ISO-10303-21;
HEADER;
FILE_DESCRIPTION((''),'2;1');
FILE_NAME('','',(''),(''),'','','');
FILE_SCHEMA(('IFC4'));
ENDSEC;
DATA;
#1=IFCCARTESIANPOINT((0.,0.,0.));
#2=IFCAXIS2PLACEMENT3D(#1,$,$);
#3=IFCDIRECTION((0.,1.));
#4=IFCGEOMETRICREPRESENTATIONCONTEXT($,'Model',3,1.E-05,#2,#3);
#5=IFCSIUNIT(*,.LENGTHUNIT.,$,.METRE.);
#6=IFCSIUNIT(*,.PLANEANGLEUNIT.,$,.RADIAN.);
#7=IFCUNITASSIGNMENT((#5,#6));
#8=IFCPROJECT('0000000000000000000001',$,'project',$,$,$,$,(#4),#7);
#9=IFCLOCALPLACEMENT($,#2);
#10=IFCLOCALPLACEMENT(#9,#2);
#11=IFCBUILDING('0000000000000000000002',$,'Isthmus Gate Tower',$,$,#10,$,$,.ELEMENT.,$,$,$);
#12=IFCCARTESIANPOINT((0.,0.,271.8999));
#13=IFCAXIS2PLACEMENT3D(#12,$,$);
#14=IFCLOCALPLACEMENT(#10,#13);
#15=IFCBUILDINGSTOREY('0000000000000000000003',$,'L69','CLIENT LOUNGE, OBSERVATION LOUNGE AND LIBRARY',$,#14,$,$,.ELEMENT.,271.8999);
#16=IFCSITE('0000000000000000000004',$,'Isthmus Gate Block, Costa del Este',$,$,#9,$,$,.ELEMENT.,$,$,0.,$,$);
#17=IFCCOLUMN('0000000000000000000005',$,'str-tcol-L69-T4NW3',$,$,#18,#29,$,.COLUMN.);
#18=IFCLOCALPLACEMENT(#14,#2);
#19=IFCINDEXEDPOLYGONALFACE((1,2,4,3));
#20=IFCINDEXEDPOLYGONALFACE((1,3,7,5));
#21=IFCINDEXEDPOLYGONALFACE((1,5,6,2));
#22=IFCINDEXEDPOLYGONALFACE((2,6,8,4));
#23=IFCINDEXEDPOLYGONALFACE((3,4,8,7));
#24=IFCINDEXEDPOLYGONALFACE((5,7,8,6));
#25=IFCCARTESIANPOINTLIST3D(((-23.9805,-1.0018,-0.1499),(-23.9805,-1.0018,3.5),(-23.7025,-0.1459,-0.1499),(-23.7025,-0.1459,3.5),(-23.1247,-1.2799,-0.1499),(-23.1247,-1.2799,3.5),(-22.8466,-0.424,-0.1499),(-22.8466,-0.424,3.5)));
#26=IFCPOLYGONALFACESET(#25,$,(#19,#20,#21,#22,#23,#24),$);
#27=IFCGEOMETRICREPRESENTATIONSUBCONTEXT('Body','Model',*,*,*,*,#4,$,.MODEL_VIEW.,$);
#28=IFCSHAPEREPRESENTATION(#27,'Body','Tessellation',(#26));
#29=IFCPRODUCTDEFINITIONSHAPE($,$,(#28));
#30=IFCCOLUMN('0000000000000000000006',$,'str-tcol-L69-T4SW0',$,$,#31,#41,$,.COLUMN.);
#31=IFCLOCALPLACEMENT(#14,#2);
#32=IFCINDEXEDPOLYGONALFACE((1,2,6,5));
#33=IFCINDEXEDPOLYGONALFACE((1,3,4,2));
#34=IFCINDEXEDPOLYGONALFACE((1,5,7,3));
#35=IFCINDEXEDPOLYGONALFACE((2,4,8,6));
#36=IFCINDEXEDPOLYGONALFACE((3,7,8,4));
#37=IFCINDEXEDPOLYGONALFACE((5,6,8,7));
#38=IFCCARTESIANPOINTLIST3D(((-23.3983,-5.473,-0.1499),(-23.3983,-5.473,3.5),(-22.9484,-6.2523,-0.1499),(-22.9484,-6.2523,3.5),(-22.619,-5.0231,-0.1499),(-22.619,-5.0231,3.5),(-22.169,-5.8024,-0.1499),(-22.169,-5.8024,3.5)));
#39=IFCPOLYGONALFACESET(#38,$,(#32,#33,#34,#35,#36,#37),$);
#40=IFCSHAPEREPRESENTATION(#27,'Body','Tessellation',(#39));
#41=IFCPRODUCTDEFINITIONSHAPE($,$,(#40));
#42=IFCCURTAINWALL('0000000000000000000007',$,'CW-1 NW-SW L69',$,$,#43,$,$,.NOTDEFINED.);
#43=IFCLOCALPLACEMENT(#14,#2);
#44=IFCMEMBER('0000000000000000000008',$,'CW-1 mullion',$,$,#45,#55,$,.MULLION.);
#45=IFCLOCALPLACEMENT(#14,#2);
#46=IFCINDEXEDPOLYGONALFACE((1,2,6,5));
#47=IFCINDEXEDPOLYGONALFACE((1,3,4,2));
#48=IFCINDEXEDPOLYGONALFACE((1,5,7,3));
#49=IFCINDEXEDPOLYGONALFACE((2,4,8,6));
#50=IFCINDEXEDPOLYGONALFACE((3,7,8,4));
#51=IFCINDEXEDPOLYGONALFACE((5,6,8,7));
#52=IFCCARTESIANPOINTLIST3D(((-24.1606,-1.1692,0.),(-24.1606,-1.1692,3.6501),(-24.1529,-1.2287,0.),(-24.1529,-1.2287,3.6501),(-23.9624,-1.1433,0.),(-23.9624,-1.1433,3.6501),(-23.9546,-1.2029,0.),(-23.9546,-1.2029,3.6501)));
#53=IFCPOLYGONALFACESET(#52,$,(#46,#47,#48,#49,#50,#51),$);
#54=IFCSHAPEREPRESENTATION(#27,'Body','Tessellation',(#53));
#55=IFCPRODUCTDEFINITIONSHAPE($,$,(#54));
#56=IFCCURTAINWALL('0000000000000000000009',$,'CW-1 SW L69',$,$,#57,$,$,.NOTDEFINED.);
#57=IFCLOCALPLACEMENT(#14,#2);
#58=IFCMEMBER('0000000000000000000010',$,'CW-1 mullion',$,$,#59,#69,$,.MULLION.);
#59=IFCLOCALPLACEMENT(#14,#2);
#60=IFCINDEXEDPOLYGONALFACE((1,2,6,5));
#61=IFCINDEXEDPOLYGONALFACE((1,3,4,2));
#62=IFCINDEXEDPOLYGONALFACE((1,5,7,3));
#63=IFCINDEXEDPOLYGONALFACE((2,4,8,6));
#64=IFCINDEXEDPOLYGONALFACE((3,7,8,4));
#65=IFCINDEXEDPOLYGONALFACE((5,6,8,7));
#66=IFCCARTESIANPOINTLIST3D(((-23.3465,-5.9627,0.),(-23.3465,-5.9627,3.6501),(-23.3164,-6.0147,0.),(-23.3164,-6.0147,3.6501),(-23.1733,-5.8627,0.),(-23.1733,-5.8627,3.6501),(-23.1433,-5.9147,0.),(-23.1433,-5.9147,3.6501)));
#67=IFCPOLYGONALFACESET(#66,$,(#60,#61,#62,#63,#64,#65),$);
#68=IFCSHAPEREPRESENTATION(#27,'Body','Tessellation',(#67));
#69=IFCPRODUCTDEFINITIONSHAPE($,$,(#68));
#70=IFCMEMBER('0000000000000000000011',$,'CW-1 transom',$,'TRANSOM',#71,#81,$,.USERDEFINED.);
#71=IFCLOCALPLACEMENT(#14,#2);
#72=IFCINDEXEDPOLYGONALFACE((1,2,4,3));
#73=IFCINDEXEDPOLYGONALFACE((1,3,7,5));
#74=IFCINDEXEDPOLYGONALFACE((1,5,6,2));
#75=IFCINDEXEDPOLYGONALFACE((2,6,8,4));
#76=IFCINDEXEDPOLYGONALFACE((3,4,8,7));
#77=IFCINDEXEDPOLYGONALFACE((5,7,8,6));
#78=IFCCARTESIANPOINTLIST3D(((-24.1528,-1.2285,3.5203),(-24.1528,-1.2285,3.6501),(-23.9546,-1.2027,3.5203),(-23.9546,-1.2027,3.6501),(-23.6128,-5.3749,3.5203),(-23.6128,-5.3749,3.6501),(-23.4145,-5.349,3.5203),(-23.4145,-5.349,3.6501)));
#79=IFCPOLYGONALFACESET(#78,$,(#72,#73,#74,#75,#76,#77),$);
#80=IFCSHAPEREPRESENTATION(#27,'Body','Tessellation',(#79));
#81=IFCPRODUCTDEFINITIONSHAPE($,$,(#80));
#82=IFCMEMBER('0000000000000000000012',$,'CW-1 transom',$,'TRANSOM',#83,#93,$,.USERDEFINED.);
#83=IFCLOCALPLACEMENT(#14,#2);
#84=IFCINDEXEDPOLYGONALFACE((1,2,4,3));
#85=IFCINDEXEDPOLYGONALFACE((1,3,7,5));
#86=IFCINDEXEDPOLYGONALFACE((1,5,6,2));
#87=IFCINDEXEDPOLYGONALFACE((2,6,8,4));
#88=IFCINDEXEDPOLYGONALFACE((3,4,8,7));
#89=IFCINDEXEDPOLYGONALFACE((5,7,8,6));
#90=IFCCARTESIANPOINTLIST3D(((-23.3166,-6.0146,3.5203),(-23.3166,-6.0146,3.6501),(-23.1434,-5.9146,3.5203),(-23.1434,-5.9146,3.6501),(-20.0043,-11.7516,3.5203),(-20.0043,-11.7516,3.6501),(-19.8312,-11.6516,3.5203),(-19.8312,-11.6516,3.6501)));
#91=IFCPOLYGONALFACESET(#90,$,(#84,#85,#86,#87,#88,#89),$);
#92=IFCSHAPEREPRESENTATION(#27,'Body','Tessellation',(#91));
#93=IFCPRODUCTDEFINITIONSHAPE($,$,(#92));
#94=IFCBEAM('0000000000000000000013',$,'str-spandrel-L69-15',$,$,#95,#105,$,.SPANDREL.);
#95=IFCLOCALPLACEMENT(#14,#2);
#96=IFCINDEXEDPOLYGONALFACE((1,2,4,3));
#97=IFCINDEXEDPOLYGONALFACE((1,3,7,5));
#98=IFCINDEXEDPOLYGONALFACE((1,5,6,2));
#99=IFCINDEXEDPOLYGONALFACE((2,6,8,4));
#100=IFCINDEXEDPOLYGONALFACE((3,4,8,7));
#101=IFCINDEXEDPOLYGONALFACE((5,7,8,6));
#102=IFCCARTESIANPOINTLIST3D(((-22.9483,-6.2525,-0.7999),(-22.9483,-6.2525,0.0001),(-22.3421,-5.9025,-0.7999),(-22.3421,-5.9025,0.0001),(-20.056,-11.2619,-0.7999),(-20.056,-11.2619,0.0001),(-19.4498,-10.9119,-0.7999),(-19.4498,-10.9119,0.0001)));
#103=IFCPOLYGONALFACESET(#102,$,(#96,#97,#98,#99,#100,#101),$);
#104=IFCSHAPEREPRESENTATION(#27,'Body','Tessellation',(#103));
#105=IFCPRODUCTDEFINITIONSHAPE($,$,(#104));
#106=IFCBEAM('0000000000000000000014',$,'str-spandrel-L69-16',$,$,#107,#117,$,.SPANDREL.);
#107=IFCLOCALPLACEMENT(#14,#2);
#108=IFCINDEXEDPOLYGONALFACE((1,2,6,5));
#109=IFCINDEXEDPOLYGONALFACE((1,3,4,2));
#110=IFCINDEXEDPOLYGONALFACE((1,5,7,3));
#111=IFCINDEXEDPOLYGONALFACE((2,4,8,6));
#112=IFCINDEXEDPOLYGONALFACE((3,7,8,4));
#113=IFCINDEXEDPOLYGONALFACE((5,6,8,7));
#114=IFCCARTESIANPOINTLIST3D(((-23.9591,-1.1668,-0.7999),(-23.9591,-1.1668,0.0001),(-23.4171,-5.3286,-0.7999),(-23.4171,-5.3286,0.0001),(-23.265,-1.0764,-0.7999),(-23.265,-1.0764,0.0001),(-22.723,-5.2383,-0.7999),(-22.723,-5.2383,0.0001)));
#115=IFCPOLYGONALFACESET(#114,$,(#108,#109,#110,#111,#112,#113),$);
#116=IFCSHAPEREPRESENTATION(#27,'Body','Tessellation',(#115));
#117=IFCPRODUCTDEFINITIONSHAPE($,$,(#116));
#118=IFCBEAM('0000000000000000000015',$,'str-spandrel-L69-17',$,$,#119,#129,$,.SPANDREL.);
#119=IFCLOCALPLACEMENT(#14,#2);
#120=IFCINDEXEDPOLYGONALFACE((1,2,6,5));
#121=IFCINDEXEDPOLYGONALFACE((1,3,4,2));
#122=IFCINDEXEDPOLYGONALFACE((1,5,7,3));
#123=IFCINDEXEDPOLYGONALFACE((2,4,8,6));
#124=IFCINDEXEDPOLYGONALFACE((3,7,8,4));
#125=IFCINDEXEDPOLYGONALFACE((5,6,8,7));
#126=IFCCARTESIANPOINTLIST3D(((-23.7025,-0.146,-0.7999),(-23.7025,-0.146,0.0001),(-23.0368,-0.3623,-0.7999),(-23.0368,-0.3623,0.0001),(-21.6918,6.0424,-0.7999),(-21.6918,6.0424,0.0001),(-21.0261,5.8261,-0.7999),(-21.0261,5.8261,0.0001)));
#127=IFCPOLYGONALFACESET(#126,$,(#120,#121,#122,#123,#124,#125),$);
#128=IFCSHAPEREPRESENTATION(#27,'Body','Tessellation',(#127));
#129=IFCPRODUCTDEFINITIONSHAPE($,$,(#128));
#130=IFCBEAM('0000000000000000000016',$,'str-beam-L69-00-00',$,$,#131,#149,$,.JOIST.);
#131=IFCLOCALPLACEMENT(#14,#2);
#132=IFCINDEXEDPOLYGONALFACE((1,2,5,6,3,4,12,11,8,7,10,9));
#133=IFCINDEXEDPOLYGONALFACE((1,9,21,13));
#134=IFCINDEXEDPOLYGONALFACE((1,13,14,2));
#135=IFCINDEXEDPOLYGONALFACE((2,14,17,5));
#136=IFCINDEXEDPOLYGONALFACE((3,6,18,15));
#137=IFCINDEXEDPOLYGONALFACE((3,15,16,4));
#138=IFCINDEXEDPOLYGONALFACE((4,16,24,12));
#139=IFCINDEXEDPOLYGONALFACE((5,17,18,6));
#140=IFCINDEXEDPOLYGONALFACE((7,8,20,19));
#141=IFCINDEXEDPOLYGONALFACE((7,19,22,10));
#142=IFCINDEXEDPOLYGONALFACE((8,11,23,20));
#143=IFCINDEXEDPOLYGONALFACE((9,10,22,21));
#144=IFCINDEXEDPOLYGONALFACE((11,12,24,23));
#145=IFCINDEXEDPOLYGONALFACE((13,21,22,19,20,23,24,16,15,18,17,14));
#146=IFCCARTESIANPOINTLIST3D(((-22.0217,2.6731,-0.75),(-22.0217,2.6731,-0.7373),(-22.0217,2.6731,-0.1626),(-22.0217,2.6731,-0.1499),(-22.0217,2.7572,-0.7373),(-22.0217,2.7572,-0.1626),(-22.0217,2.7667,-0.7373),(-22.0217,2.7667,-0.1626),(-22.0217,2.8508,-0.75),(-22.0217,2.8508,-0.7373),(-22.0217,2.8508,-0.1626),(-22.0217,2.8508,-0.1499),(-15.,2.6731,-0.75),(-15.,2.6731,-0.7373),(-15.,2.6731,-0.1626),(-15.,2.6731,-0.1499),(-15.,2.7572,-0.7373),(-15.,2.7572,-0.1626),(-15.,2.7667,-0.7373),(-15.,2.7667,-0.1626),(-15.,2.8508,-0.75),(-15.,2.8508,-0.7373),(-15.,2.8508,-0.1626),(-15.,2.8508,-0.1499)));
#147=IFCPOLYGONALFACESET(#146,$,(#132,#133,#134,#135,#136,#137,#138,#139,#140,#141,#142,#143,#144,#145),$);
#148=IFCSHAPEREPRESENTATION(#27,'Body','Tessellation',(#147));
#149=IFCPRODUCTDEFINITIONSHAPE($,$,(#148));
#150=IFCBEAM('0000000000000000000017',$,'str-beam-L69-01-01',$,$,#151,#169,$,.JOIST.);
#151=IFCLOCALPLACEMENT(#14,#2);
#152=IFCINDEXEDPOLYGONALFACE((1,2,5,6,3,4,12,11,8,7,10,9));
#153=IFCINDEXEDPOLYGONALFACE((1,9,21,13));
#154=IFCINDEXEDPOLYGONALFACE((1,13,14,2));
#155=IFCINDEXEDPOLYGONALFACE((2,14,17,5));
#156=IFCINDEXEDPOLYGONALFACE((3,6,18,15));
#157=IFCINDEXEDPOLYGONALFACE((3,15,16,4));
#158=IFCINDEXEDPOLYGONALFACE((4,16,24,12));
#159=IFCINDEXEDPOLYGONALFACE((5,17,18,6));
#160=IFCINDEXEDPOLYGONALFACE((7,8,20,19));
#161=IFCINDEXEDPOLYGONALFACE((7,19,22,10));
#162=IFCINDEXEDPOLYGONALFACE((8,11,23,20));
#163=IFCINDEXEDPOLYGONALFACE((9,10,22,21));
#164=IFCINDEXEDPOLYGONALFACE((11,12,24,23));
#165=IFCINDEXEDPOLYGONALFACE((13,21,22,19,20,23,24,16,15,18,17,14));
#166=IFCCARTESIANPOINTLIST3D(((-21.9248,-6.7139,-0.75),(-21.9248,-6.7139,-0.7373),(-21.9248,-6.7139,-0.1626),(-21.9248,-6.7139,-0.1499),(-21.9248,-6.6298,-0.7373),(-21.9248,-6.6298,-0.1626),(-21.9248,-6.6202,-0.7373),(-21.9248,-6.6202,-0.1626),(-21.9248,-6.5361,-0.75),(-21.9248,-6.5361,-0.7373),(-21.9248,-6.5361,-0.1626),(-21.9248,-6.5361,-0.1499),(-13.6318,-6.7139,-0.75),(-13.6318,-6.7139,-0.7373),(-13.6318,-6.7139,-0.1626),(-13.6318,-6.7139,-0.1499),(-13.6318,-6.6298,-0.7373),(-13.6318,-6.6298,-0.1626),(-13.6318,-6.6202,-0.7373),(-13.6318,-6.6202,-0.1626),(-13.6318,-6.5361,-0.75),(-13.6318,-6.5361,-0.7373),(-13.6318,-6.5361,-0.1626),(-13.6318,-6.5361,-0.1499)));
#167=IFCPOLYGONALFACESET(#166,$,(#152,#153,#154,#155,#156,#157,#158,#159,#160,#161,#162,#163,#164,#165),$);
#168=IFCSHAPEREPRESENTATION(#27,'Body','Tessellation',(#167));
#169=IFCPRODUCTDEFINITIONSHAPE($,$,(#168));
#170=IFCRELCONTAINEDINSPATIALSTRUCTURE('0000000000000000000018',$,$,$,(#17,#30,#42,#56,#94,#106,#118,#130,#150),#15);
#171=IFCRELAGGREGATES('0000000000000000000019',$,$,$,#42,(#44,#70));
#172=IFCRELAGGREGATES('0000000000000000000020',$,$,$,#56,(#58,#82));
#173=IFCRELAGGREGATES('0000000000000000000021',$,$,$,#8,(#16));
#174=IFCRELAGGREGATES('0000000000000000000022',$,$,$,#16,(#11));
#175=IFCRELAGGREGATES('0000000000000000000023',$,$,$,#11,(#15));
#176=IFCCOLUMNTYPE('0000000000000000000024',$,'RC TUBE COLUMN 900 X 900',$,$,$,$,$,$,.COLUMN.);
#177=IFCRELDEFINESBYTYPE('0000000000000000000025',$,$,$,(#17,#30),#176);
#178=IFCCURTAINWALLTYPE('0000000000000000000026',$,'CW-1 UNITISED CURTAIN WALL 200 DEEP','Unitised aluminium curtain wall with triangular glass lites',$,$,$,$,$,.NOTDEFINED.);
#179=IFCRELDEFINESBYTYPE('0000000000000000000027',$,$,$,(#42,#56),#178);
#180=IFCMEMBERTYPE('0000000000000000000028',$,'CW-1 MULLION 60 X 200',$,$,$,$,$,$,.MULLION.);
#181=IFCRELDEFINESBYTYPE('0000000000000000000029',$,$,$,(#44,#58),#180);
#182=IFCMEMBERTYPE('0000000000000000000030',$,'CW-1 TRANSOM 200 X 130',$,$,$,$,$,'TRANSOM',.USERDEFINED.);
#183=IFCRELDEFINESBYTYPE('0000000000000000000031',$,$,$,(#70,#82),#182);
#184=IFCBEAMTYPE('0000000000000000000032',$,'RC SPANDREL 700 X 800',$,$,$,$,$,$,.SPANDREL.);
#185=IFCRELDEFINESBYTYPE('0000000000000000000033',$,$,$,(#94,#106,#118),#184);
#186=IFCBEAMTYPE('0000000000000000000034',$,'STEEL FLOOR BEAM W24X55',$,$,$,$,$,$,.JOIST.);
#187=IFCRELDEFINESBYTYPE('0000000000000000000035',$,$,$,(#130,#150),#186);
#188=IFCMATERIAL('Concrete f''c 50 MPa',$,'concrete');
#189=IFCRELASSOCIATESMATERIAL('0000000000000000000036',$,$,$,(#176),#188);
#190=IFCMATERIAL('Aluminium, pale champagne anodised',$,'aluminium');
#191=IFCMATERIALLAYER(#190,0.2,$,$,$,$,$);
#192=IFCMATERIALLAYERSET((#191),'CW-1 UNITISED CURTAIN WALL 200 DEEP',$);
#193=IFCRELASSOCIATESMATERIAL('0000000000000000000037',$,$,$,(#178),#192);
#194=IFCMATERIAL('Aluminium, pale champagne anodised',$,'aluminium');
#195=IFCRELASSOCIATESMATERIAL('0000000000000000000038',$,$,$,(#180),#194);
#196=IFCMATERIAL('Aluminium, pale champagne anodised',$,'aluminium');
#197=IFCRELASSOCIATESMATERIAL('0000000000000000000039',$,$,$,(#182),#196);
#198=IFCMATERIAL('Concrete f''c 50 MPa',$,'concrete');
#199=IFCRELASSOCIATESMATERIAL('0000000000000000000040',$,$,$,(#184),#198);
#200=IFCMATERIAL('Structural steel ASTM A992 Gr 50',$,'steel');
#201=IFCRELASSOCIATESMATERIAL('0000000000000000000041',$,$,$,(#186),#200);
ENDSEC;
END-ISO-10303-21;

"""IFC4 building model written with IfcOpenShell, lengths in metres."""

from ifc_helpers import new_model, si_unit, direction, frame, origin, origin_2d, place, context, subcontext, project, spatial, rectangle, i_section, extrude, material, layer, layer_set, material_profile, profile_set, type_object, element, aggregate, save


model = new_model("IFC4")

# Units and contexts
model_context = context("Model", 3, precision=1e-05, world=origin(), true_north=direction((0.0, 1.0)))
body_context = subcontext(model_context, "Body", "Model", "MODEL_VIEW")
ifc_project = project(units=[si_unit("LENGTHUNIT", "METRE"), si_unit("PLANEANGLEUNIT", "RADIAN")], contexts=[model_context])

# Site, building, storey
site_placement = place(None, origin())
site = spatial("IfcSite", under=ifc_project, at=site_placement, Name="Isthmus Gate Block, Costa del Este", CompositionType="ELEMENT", RefElevation=0.0)
building_placement = place(site_placement, origin())
building = spatial("IfcBuilding", under=site, at=building_placement, Name="Isthmus Gate Tower", CompositionType="ELEMENT")
storey_placement = place(building_placement, frame((0.0, 0.0, 271.8999)))
storey = spatial("IfcBuildingStorey", under=building, at=storey_placement, Name="L69", Description="CLIENT LOUNGE, OBSERVATION LOUNGE AND LIBRARY", CompositionType="ELEMENT", Elevation=271.8999)

# Columns
ifc_material_1 = material(Name="Concrete f'c 50 MPa", Category="concrete")
ifc_material_profile_1 = material_profile(ifc_material_1, rectangle(XDim=0.8999, YDim=0.8999, at=origin_2d()), Name="RC 900X900")
ifc_profile_set_1 = profile_set([ifc_material_profile_1], Name="Concrete f'c 50 MPa")
column_type = type_object("IfcColumnType", Name="RC TUBE COLUMN 900 X 900", PredefinedType="COLUMN", material=ifc_profile_set_1)
for number, where, z_axis, x_axis, name in (
    (1, (-23.4136, -0.7129, -0.1499), (0.0, 0.0, 1.0), (-0.309017, -0.951057, 0.0), "str-tcol-L69-T4NW3"),
    (2, (-22.7837, -5.6377, -0.1499), (0.0, 0.0, 1.0), (0.5, -0.866025, 0.0), "str-tcol-L69-T4SW0"),
):
    element("IfcColumn", number, at=place(storey_placement, frame(where, z_axis=z_axis, x_axis=x_axis)), inside=storey, type_object=column_type, Name=name, PredefinedType="COLUMN", context=body_context, shape_type="SweptSolid", body=[
        extrude(rectangle(XDim=0.8999, YDim=0.8999, at=origin_2d()), origin(), (0.0, 0.0, 1.0), 3.6499),
    ])

# Curtain walls, members
ifc_material_2 = material(Name="Aluminium, pale champagne anodised", Category="aluminium")
ifc_layer_1 = layer(ifc_material_2, 0.2)
ifc_layer_set_1 = layer_set([ifc_layer_1], Name="CW-1 UNITISED CURTAIN WALL 200 DEEP")
curtain_wall_type = type_object("IfcCurtainWallType", Name="CW-1 UNITISED CURTAIN WALL 200 DEEP", Description="Unitised aluminium curtain wall with triangular glass lites", PredefinedType="NOTDEFINED", material=ifc_layer_set_1)
curtain_wall_1_placement = place(storey_placement, origin())
curtain_wall_1 = element("IfcCurtainWall", 3, at=curtain_wall_1_placement, inside=storey, type_object=curtain_wall_type, Name="CW-1 NW-SW L69", PredefinedType="NOTDEFINED")
ifc_material_3 = material(Name="Aluminium, pale champagne anodised", Category="aluminium")
ifc_material_profile_2 = material_profile(ifc_material_3, rectangle(XDim=0.0601, YDim=0.2, at=origin_2d()), Name="60x200")
ifc_profile_set_2 = profile_set([ifc_material_profile_2], Name="Aluminium, pale champagne anodised")
member_type_1 = type_object("IfcMemberType", Name="CW-1 MULLION 60 X 200", PredefinedType="MULLION", material=ifc_profile_set_2)
member_1_placement = place(storey_placement, frame((-24.0576, -1.186, 0.0), z_axis=(0.0, 0.0, 1.0), x_axis=(0.129165, -0.991623, 0.0)))
member_1 = element("IfcMember", 4, at=member_1_placement, type_object=member_type_1, Name="CW-1 mullion", PredefinedType="MULLION", context=body_context, shape_type="SweptSolid", body=[
    extrude(rectangle(XDim=0.0601, YDim=0.2, at=origin_2d()), origin(), (0.0, 0.0, 1.0), 3.6501),
])
curtain_wall_2_placement = place(storey_placement, origin())
curtain_wall_2 = element("IfcCurtainWall", 5, at=curtain_wall_2_placement, inside=storey, type_object=curtain_wall_type, Name="CW-1 SW L69", PredefinedType="NOTDEFINED")
member_2_placement = place(storey_placement, frame((-23.2449, -5.9387, 0.0), z_axis=(0.0, 0.0, 1.0), x_axis=(0.5, -0.866025, 0.0)))
member_2 = element("IfcMember", 6, at=member_2_placement, type_object=member_type_1, Name="CW-1 mullion", PredefinedType="MULLION", context=body_context, shape_type="SweptSolid", body=[
    extrude(rectangle(XDim=0.0601, YDim=0.2, at=origin_2d()), origin(), (0.0, 0.0, 1.0), 3.6501),
])

# Members
ifc_material_4 = material(Name="Aluminium, pale champagne anodised", Category="aluminium")
ifc_material_profile_3 = material_profile(ifc_material_4, rectangle(XDim=0.2, YDim=0.1299, at=origin_2d()), Name="200x130")
ifc_profile_set_3 = profile_set([ifc_material_profile_3], Name="Aluminium, pale champagne anodised")
member_type_2 = type_object("IfcMemberType", Name="CW-1 TRANSOM 200 X 130", ElementType="TRANSOM", PredefinedType="USERDEFINED", material=ifc_profile_set_3)
member_3_placement = place(storey_placement, frame((-24.0537, -1.2156, 3.5852), z_axis=(0.129149, -0.991625, 0.0), x_axis=(0.991625, 0.129149, 0.0)))
member_3 = element("IfcMember", 7, at=member_3_placement, type_object=member_type_2, Name="CW-1 transom", ObjectType="TRANSOM", PredefinedType="USERDEFINED", context=body_context, shape_type="SweptSolid", body=[
    extrude(rectangle(XDim=0.2, YDim=0.1299, at=origin_2d()), origin(), (0.0, 0.0, 1.0), 4.1814),
])
member_4_placement = place(storey_placement, frame((-23.23, -5.9646, 3.5852), z_axis=(0.499996, -0.866028, 0.0), x_axis=(0.866028, 0.499996, 0.0)))
member_4 = element("IfcMember", 8, at=member_4_placement, type_object=member_type_2, Name="CW-1 transom", ObjectType="TRANSOM", PredefinedType="USERDEFINED", context=body_context, shape_type="SweptSolid", body=[
    extrude(rectangle(XDim=0.2, YDim=0.1299, at=origin_2d()), origin(), (0.0, 0.0, 1.0), 6.6245),
])

# Beams
ifc_material_5 = material(Name="Concrete f'c 50 MPa", Category="concrete")
ifc_material_profile_4 = material_profile(ifc_material_5, rectangle(XDim=0.7, YDim=0.8, at=origin_2d()), Name="RC 700X800")
ifc_profile_set_4 = profile_set([ifc_material_profile_4], Name="Concrete f'c 50 MPa")
beam_type_1 = type_object("IfcBeamType", Name="RC SPANDREL 700 X 800", PredefinedType="SPANDREL", material=ifc_profile_set_4)
beam_1_placement = place(storey_placement, frame((-19.7529, -11.0869, -0.3999), z_axis=(-0.500011, 0.866019, 0.0), x_axis=(-0.866019, -0.500011, 0.0)))
element("IfcBeam", 9, at=beam_1_placement, inside=storey, type_object=beam_type_1, Name="str-spandrel-L69-15", PredefinedType="SPANDREL", context=body_context, shape_type="SweptSolid", body=[
    extrude(rectangle(XDim=0.7, YDim=0.8, at=origin_2d()), origin(), (0.0, 0.0, 1.0), 5.7844),
])
beam_2_placement = place(storey_placement, frame((-23.0701, -5.2834, -0.3999), z_axis=(-0.129138, 0.991627, 0.0), x_axis=(-0.991627, -0.129138, 0.0)))
element("IfcBeam", 10, at=beam_2_placement, inside=storey, type_object=beam_type_1, Name="str-spandrel-L69-16", PredefinedType="SPANDREL", context=body_context, shape_type="SweptSolid", body=[
    extrude(rectangle(XDim=0.7, YDim=0.8, at=origin_2d()), origin(), (0.0, 0.0, 1.0), 4.197),
])
beam_3_placement = place(storey_placement, frame((-23.3696, -0.2542, -0.3999), z_axis=(0.309015, 0.951057, 0.0), x_axis=(-0.951057, 0.309015, 0.0)))
element("IfcBeam", 11, at=beam_3_placement, inside=storey, type_object=beam_type_1, Name="str-spandrel-L69-17", PredefinedType="SPANDREL", context=body_context, shape_type="SweptSolid", body=[
    extrude(rectangle(XDim=0.7, YDim=0.8, at=origin_2d()), origin(), (0.0, 0.0, 1.0), 6.5068),
])
ifc_material_6 = material(Name="Structural steel ASTM A992 Gr 50", Category="steel")
ifc_material_profile_5 = material_profile(ifc_material_6, i_section(OverallWidth=0.1777, OverallDepth=0.6001, WebThickness=0.0095, FlangeThickness=0.0127, at=origin_2d()), Name="W24X55")
ifc_profile_set_5 = profile_set([ifc_material_profile_5], Name="Structural steel ASTM A992 Gr 50")
beam_type_2 = type_object("IfcBeamType", Name="STEEL FLOOR BEAM W24X55", PredefinedType="JOIST", material=ifc_profile_set_5)
beam_4_placement = place(storey_placement, frame((-22.0217, 2.762, -0.45), z_axis=(1.0, 0.0, 0.0), x_axis=(0.0, 1.0, 0.0)))
element("IfcBeam", 12, at=beam_4_placement, inside=storey, type_object=beam_type_2, Name="str-beam-L69-00-00", PredefinedType="JOIST", context=body_context, shape_type="SweptSolid", body=[
    extrude(i_section(OverallWidth=0.1777, OverallDepth=0.6001, WebThickness=0.0095, FlangeThickness=0.0127, at=origin_2d()), origin(), (0.0, 0.0, 1.0), 7.0217),
])
beam_5_placement = place(storey_placement, frame((-21.9248, -6.625, -0.45), z_axis=(1.0, 0.0, 0.0), x_axis=(0.0, 1.0, 0.0)))
element("IfcBeam", 13, at=beam_5_placement, inside=storey, type_object=beam_type_2, Name="str-beam-L69-01-01", PredefinedType="JOIST", context=body_context, shape_type="SweptSolid", body=[
    extrude(i_section(OverallWidth=0.1777, OverallDepth=0.6001, WebThickness=0.0095, FlangeThickness=0.0127, at=origin_2d()), origin(), (0.0, 0.0, 1.0), 8.293),
])

aggregate(curtain_wall_1, [member_1, member_3])
aggregate(curtain_wall_2, [member_2, member_4])

save(model, "model.ifc")
